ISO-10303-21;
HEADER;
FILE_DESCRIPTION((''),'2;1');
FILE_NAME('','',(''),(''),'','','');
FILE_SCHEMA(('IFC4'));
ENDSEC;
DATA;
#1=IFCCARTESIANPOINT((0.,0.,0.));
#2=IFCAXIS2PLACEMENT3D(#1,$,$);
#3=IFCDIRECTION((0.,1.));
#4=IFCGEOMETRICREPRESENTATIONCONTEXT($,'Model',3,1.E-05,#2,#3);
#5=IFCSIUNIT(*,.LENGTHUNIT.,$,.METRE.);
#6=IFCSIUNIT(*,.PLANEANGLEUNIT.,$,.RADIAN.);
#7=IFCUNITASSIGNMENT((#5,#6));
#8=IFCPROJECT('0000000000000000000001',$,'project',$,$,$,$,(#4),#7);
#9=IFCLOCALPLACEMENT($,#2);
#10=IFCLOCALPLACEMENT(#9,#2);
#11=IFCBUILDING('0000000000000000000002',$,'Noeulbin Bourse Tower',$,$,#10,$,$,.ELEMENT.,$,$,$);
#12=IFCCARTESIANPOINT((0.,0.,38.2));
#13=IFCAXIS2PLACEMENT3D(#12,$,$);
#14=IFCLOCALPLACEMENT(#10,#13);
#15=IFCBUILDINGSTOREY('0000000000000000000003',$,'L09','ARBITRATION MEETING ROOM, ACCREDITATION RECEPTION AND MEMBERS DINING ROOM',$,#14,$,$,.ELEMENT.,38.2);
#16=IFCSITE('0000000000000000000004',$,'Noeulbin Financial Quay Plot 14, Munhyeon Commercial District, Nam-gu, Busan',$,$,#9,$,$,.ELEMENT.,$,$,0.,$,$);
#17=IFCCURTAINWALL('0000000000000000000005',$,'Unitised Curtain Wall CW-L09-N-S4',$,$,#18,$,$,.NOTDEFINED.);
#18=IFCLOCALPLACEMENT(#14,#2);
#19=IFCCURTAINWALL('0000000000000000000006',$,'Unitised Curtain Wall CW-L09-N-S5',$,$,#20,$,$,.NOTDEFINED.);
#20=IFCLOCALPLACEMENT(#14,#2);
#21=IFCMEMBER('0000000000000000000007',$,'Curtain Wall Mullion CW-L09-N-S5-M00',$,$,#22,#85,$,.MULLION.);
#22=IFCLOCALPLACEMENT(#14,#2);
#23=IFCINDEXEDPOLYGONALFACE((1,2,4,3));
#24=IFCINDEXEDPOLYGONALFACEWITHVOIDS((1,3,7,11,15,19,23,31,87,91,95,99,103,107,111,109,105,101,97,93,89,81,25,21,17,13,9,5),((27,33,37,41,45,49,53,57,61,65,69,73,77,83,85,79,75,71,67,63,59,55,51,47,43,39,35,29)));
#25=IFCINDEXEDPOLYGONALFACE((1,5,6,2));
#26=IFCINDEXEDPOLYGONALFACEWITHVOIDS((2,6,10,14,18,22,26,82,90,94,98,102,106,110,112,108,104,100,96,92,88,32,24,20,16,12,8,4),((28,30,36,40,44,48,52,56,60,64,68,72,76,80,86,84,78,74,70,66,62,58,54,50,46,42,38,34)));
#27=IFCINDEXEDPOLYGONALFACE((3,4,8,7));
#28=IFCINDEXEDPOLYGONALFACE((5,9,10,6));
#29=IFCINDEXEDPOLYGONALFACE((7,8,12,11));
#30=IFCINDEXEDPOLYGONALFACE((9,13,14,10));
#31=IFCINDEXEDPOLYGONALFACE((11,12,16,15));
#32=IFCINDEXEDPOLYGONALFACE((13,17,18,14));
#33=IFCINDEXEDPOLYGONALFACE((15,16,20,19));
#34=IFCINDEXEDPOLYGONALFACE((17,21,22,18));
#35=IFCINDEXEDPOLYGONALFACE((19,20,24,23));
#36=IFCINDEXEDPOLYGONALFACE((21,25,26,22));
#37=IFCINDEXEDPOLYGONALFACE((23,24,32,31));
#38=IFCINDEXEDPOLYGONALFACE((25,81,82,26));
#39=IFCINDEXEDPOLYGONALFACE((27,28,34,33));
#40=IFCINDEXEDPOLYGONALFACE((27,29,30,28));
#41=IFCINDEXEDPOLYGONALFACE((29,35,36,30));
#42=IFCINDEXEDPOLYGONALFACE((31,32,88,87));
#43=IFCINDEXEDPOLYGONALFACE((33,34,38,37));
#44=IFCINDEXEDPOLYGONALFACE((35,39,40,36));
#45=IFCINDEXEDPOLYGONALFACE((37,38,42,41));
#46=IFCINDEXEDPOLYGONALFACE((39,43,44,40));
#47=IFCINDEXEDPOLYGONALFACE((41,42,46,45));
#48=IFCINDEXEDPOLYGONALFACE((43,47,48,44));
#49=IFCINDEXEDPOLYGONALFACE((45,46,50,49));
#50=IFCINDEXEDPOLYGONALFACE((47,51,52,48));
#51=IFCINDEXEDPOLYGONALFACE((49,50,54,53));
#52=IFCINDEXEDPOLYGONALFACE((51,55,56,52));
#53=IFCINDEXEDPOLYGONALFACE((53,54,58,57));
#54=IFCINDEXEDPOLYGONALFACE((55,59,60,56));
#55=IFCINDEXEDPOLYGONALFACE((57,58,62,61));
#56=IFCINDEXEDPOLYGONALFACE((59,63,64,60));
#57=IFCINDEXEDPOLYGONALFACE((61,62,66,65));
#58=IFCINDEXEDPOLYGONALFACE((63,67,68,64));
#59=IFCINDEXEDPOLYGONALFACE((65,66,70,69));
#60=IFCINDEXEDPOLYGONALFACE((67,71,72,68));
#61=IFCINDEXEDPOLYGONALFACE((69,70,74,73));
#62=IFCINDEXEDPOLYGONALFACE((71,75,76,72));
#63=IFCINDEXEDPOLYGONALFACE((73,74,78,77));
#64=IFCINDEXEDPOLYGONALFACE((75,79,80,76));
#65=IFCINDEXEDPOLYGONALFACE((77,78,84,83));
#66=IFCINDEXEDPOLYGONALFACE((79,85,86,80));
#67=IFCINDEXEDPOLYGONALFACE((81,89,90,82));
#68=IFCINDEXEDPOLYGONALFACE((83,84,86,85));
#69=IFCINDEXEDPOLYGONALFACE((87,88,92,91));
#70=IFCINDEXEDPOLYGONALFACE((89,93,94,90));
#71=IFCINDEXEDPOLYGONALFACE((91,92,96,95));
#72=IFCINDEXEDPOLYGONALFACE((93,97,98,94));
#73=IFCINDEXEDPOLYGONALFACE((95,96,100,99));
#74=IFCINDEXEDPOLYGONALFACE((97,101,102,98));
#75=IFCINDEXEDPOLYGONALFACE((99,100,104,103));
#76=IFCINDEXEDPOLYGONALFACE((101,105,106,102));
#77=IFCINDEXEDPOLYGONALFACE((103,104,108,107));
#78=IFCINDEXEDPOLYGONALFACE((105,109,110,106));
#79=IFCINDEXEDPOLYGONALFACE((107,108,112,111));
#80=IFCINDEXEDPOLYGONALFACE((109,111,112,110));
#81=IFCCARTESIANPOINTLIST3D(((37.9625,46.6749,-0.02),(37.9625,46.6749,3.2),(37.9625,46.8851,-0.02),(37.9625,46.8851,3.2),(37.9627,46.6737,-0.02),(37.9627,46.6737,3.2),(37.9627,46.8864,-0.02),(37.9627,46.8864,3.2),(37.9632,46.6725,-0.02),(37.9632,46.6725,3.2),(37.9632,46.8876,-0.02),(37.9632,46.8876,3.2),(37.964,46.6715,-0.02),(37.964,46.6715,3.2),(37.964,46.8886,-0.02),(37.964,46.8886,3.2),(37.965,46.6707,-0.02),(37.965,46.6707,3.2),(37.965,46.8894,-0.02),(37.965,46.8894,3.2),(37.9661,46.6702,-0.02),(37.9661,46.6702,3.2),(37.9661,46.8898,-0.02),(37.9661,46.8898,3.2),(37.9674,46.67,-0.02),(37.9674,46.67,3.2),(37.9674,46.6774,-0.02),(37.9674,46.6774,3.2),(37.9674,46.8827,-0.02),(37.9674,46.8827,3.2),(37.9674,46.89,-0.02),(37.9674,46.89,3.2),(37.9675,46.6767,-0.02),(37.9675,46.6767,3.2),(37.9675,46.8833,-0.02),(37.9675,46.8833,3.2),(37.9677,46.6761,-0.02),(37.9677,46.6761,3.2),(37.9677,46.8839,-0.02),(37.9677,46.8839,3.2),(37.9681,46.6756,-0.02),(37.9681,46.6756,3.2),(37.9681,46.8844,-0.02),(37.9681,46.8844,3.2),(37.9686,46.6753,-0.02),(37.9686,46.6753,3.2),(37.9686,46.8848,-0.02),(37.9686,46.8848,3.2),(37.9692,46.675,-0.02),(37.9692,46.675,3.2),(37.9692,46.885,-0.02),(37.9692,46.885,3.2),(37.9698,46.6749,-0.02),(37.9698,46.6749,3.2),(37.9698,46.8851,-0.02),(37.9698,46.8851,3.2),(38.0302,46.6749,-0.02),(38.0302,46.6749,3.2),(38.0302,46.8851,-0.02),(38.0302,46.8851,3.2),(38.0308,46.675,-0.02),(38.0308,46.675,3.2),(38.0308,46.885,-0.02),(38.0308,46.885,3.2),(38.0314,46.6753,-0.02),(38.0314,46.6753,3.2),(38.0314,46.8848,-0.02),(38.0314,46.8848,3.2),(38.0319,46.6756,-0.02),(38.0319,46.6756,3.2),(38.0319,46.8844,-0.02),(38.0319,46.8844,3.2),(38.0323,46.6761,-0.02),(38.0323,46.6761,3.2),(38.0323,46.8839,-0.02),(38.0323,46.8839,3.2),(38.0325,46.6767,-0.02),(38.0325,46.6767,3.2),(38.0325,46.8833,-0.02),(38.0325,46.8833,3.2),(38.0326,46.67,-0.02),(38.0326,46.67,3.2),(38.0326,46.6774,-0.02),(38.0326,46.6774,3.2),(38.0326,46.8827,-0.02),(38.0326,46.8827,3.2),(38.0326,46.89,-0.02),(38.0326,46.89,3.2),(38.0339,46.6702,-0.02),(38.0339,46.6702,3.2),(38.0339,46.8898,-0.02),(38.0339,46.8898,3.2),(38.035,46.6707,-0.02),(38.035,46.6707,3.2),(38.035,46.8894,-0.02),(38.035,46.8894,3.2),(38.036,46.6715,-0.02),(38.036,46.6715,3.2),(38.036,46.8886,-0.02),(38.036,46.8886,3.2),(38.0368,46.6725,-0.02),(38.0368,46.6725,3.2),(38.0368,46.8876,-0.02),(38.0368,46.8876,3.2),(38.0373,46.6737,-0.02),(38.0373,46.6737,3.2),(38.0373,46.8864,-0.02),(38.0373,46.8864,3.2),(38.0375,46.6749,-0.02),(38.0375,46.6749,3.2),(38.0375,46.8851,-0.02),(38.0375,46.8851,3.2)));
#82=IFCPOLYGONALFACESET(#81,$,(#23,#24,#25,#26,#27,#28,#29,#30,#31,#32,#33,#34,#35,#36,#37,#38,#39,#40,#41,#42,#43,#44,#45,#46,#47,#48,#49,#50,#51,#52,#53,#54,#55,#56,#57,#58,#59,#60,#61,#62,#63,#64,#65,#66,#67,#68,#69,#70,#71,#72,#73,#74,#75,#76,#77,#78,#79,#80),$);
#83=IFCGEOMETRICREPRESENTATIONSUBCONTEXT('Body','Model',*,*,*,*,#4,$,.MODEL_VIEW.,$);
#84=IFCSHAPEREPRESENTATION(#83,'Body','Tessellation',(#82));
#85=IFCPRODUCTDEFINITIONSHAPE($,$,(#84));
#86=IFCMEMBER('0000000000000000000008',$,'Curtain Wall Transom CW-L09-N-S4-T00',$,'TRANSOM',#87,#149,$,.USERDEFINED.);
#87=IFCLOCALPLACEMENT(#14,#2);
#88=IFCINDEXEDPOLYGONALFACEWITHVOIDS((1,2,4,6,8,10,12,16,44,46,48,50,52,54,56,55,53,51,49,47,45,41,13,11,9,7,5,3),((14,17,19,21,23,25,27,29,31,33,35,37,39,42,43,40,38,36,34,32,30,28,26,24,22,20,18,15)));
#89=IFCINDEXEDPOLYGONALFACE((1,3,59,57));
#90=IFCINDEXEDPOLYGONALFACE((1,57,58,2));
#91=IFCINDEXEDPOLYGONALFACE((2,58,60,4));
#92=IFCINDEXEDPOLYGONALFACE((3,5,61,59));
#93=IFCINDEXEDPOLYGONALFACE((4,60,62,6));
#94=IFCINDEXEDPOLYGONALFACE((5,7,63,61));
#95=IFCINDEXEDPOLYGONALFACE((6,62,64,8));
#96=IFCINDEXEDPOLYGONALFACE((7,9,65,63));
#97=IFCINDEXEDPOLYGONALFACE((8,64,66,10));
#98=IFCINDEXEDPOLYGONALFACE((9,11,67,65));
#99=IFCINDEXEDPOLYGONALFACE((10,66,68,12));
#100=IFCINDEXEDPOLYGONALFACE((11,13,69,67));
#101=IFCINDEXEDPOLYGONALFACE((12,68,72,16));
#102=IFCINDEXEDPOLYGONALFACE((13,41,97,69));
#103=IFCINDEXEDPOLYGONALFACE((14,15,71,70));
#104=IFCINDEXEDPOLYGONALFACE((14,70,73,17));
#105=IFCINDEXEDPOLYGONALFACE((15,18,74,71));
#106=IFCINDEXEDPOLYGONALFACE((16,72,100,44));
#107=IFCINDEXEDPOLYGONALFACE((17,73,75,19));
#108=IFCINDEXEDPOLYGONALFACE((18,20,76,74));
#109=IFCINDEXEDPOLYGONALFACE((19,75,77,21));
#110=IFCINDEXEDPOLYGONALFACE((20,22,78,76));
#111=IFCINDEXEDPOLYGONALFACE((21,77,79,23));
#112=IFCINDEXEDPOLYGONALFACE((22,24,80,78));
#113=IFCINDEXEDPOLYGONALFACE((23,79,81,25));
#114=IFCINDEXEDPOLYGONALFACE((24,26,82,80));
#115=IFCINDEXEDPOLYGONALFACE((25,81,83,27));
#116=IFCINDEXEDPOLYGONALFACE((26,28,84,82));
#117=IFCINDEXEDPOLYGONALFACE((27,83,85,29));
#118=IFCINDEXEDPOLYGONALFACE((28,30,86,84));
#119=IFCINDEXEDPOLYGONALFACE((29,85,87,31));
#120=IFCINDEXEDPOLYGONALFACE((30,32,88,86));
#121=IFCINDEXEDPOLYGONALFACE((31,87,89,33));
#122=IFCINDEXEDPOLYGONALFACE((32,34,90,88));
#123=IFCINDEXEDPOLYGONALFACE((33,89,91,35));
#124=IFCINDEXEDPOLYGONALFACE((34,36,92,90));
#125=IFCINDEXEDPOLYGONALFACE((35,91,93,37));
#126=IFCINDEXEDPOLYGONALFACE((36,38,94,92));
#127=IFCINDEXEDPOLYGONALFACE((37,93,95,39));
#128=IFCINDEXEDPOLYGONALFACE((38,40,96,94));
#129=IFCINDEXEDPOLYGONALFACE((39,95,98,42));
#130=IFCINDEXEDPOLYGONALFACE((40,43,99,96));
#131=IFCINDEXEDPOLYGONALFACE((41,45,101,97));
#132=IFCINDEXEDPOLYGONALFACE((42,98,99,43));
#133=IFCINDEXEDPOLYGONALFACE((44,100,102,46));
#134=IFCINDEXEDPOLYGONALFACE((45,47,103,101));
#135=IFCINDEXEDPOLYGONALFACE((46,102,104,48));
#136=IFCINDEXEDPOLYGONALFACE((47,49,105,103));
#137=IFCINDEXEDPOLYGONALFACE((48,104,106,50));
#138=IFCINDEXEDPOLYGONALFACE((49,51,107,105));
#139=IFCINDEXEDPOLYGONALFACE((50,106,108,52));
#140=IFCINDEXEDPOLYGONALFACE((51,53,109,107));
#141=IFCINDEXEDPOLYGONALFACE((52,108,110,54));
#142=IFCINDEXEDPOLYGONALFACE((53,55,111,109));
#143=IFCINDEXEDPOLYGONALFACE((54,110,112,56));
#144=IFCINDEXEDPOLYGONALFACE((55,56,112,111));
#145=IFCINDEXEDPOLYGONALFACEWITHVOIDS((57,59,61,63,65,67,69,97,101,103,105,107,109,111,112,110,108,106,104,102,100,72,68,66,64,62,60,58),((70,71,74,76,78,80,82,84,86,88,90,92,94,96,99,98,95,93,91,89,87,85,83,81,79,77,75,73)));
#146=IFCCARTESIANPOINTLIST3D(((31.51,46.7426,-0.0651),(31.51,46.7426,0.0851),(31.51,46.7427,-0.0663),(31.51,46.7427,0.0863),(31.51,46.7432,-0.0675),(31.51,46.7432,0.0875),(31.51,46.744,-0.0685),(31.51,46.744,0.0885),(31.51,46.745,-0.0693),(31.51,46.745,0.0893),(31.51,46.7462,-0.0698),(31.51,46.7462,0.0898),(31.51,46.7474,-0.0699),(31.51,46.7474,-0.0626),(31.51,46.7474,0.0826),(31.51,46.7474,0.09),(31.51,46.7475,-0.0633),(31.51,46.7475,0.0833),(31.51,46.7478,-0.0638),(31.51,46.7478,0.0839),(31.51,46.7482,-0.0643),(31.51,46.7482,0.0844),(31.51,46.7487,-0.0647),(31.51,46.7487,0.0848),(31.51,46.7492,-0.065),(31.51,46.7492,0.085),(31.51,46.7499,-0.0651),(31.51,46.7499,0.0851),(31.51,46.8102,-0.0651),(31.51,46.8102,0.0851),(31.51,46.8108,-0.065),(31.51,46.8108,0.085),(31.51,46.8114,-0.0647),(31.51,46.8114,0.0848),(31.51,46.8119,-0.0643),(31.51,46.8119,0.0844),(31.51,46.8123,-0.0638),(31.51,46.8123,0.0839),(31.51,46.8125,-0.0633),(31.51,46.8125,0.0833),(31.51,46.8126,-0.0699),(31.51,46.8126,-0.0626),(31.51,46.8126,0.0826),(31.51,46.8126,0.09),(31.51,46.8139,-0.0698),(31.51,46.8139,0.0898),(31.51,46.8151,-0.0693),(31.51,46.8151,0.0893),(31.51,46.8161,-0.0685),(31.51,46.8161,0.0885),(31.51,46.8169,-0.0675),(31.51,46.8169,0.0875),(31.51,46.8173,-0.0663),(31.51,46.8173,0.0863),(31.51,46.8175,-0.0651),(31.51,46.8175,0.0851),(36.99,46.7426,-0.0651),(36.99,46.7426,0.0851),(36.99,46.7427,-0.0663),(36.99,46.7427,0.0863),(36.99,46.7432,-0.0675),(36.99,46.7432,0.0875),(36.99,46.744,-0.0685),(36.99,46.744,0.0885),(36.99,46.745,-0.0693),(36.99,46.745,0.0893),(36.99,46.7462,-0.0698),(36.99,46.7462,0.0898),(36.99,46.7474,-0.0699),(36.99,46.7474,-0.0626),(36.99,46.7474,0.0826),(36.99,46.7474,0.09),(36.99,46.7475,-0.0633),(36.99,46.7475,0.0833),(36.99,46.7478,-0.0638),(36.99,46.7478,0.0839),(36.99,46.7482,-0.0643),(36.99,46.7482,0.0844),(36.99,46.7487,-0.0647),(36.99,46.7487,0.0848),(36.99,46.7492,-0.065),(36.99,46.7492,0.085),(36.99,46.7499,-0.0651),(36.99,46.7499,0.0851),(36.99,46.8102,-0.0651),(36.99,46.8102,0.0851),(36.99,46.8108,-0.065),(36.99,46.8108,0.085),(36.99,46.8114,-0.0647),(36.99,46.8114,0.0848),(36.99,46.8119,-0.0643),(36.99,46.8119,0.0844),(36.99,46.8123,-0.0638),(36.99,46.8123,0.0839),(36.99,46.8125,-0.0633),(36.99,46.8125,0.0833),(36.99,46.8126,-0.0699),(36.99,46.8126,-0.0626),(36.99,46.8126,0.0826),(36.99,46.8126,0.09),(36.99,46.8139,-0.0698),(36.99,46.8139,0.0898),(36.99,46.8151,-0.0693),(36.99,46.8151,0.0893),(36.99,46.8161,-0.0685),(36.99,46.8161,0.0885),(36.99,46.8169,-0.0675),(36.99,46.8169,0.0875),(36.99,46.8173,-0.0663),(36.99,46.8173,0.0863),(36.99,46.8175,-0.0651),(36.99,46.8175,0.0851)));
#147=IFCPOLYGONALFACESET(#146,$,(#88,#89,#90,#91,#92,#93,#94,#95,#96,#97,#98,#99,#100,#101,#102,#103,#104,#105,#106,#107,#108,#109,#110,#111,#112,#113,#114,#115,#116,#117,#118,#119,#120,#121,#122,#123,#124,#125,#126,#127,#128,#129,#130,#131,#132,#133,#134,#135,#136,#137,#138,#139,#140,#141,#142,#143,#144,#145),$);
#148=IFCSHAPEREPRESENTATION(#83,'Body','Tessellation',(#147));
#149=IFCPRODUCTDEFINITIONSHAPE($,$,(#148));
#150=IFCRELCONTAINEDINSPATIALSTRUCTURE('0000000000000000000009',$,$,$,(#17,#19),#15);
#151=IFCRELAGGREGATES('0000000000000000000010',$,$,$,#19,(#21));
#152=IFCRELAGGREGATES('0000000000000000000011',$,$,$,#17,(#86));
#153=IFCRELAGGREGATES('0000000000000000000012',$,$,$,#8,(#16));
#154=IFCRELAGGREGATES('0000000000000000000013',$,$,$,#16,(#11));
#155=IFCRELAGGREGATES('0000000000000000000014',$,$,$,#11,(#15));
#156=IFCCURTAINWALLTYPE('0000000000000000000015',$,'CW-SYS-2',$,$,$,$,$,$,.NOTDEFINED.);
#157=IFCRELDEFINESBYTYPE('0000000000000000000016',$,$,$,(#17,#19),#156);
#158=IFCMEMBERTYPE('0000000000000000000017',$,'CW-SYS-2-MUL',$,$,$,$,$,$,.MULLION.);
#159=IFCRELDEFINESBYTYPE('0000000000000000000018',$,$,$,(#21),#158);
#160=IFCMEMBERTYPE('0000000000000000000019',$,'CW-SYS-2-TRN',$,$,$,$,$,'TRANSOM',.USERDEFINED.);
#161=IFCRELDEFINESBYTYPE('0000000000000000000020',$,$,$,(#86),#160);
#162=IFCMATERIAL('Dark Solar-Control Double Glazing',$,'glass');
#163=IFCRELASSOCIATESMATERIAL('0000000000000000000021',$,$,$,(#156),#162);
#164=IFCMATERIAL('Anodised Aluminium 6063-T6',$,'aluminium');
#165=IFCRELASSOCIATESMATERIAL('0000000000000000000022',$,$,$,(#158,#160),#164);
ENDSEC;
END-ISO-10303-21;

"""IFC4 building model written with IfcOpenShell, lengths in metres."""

from ifc_helpers import new_model, si_unit, direction, frame, origin, origin_2d, place, context, subcontext, project, spatial, hollow_rectangle, extrude, material, material_profile, profile_set, type_object, element, aggregate, save


model = new_model("IFC4")

# Units and contexts
model_context = context("Model", 3, precision=1e-05, world=origin(), true_north=direction((0.0, 1.0)))
body_context = subcontext(model_context, "Body", "Model", "MODEL_VIEW")
ifc_project = project(units=[si_unit("LENGTHUNIT", "METRE"), si_unit("PLANEANGLEUNIT", "RADIAN")], contexts=[model_context])

# Site, building, storey
site_placement = place(None, origin())
site = spatial("IfcSite", under=ifc_project, at=site_placement, Name="Noeulbin Financial Quay Plot 14, Munhyeon Commercial District, Nam-gu, Busan", CompositionType="ELEMENT", RefElevation=0.0)
building_placement = place(site_placement, origin())
building = spatial("IfcBuilding", under=site, at=building_placement, Name="Noeulbin Bourse Tower", CompositionType="ELEMENT")
storey_placement = place(building_placement, frame((0.0, 0.0, 38.2)))
storey = spatial("IfcBuildingStorey", under=building, at=storey_placement, Name="L09", Description="ARBITRATION MEETING ROOM, ACCREDITATION RECEPTION AND MEMBERS DINING ROOM", CompositionType="ELEMENT", Elevation=38.2)

# Shared definitions
ifc_material_1 = material(Name="Dark Solar-Control Double Glazing", Category="glass")
curtain_wall_type = type_object("IfcCurtainWallType", Name="CW-SYS-2", PredefinedType="NOTDEFINED", material=ifc_material_1)
ifc_material_2 = material(Name="Anodised Aluminium 6063-T6", Category="aluminium")
ifc_material_profile_1 = material_profile(ifc_material_2, hollow_rectangle(XDim=0.075, YDim=0.22, WallThickness=0.0049, InnerFilletRadius=0.0024, OuterFilletRadius=0.0049, at=origin_2d()), Name="ALU-MULL-75x220x5", Category="LoadBearing")
ifc_profile_set_1 = profile_set([ifc_material_profile_1], Name="Anodised Aluminium 6063-T6")
member_type_1 = type_object("IfcMemberType", Name="CW-SYS-2-MUL", PredefinedType="MULLION", material=ifc_profile_set_1)

# Curtain wall
curtain_wall_1_placement = place(storey_placement, origin())
curtain_wall_1 = element("IfcCurtainWall", 1, at=curtain_wall_1_placement, inside=storey, type_object=curtain_wall_type, Name="Unitised Curtain Wall CW-L09-N-S4", PredefinedType="NOTDEFINED")

# Curtain wall, member
curtain_wall_2_placement = place(storey_placement, origin())
curtain_wall_2 = element("IfcCurtainWall", 2, at=curtain_wall_2_placement, inside=storey, type_object=curtain_wall_type, Name="Unitised Curtain Wall CW-L09-N-S5", PredefinedType="NOTDEFINED")
member_1_placement = place(storey_placement, frame((38.0, 46.78, -0.02), z_axis=(0.0, 0.0, 1.0), x_axis=(1.0, 0.0, 0.0)))
member_1 = element("IfcMember", 3, at=member_1_placement, type_object=member_type_1, Name="Curtain Wall Mullion CW-L09-N-S5-M00", PredefinedType="MULLION", context=body_context, shape_type="SweptSolid", body=[
    extrude(hollow_rectangle(XDim=0.075, YDim=0.22, WallThickness=0.0049, InnerFilletRadius=0.0024, OuterFilletRadius=0.0049, at=origin_2d()), origin(), (0.0, 0.0, 1.0), 3.22),
])

# Member
ifc_material_profile_2 = material_profile(ifc_material_2, hollow_rectangle(XDim=0.075, YDim=0.1599, WallThickness=0.0049, InnerFilletRadius=0.0024, OuterFilletRadius=0.0049, at=origin_2d()), Name="ALU-TRAN-75x160x5", Category="LoadBearing")
ifc_profile_set_2 = profile_set([ifc_material_profile_2], Name="Anodised Aluminium 6063-T6")
member_type_2 = type_object("IfcMemberType", Name="CW-SYS-2-TRN", ElementType="TRANSOM", PredefinedType="USERDEFINED", material=ifc_profile_set_2)
member_2_placement = place(storey_placement, frame((31.51, 46.78, 0.01), z_axis=(1.0, 0.0, 0.0), x_axis=(0.0, 1.0, 0.0)))
member_2 = element("IfcMember", 4, at=member_2_placement, type_object=member_type_2, Name="Curtain Wall Transom CW-L09-N-S4-T00", ObjectType="TRANSOM", PredefinedType="USERDEFINED", context=body_context, shape_type="SweptSolid", body=[
    extrude(hollow_rectangle(XDim=0.075, YDim=0.1599, WallThickness=0.0049, InnerFilletRadius=0.0024, OuterFilletRadius=0.0049, at=origin_2d()), origin(), (0.0, 0.0, 1.0), 5.48),
])
aggregate(curtain_wall_2, [member_1])

aggregate(curtain_wall_1, [member_2])

save(model, "model.ifc")
